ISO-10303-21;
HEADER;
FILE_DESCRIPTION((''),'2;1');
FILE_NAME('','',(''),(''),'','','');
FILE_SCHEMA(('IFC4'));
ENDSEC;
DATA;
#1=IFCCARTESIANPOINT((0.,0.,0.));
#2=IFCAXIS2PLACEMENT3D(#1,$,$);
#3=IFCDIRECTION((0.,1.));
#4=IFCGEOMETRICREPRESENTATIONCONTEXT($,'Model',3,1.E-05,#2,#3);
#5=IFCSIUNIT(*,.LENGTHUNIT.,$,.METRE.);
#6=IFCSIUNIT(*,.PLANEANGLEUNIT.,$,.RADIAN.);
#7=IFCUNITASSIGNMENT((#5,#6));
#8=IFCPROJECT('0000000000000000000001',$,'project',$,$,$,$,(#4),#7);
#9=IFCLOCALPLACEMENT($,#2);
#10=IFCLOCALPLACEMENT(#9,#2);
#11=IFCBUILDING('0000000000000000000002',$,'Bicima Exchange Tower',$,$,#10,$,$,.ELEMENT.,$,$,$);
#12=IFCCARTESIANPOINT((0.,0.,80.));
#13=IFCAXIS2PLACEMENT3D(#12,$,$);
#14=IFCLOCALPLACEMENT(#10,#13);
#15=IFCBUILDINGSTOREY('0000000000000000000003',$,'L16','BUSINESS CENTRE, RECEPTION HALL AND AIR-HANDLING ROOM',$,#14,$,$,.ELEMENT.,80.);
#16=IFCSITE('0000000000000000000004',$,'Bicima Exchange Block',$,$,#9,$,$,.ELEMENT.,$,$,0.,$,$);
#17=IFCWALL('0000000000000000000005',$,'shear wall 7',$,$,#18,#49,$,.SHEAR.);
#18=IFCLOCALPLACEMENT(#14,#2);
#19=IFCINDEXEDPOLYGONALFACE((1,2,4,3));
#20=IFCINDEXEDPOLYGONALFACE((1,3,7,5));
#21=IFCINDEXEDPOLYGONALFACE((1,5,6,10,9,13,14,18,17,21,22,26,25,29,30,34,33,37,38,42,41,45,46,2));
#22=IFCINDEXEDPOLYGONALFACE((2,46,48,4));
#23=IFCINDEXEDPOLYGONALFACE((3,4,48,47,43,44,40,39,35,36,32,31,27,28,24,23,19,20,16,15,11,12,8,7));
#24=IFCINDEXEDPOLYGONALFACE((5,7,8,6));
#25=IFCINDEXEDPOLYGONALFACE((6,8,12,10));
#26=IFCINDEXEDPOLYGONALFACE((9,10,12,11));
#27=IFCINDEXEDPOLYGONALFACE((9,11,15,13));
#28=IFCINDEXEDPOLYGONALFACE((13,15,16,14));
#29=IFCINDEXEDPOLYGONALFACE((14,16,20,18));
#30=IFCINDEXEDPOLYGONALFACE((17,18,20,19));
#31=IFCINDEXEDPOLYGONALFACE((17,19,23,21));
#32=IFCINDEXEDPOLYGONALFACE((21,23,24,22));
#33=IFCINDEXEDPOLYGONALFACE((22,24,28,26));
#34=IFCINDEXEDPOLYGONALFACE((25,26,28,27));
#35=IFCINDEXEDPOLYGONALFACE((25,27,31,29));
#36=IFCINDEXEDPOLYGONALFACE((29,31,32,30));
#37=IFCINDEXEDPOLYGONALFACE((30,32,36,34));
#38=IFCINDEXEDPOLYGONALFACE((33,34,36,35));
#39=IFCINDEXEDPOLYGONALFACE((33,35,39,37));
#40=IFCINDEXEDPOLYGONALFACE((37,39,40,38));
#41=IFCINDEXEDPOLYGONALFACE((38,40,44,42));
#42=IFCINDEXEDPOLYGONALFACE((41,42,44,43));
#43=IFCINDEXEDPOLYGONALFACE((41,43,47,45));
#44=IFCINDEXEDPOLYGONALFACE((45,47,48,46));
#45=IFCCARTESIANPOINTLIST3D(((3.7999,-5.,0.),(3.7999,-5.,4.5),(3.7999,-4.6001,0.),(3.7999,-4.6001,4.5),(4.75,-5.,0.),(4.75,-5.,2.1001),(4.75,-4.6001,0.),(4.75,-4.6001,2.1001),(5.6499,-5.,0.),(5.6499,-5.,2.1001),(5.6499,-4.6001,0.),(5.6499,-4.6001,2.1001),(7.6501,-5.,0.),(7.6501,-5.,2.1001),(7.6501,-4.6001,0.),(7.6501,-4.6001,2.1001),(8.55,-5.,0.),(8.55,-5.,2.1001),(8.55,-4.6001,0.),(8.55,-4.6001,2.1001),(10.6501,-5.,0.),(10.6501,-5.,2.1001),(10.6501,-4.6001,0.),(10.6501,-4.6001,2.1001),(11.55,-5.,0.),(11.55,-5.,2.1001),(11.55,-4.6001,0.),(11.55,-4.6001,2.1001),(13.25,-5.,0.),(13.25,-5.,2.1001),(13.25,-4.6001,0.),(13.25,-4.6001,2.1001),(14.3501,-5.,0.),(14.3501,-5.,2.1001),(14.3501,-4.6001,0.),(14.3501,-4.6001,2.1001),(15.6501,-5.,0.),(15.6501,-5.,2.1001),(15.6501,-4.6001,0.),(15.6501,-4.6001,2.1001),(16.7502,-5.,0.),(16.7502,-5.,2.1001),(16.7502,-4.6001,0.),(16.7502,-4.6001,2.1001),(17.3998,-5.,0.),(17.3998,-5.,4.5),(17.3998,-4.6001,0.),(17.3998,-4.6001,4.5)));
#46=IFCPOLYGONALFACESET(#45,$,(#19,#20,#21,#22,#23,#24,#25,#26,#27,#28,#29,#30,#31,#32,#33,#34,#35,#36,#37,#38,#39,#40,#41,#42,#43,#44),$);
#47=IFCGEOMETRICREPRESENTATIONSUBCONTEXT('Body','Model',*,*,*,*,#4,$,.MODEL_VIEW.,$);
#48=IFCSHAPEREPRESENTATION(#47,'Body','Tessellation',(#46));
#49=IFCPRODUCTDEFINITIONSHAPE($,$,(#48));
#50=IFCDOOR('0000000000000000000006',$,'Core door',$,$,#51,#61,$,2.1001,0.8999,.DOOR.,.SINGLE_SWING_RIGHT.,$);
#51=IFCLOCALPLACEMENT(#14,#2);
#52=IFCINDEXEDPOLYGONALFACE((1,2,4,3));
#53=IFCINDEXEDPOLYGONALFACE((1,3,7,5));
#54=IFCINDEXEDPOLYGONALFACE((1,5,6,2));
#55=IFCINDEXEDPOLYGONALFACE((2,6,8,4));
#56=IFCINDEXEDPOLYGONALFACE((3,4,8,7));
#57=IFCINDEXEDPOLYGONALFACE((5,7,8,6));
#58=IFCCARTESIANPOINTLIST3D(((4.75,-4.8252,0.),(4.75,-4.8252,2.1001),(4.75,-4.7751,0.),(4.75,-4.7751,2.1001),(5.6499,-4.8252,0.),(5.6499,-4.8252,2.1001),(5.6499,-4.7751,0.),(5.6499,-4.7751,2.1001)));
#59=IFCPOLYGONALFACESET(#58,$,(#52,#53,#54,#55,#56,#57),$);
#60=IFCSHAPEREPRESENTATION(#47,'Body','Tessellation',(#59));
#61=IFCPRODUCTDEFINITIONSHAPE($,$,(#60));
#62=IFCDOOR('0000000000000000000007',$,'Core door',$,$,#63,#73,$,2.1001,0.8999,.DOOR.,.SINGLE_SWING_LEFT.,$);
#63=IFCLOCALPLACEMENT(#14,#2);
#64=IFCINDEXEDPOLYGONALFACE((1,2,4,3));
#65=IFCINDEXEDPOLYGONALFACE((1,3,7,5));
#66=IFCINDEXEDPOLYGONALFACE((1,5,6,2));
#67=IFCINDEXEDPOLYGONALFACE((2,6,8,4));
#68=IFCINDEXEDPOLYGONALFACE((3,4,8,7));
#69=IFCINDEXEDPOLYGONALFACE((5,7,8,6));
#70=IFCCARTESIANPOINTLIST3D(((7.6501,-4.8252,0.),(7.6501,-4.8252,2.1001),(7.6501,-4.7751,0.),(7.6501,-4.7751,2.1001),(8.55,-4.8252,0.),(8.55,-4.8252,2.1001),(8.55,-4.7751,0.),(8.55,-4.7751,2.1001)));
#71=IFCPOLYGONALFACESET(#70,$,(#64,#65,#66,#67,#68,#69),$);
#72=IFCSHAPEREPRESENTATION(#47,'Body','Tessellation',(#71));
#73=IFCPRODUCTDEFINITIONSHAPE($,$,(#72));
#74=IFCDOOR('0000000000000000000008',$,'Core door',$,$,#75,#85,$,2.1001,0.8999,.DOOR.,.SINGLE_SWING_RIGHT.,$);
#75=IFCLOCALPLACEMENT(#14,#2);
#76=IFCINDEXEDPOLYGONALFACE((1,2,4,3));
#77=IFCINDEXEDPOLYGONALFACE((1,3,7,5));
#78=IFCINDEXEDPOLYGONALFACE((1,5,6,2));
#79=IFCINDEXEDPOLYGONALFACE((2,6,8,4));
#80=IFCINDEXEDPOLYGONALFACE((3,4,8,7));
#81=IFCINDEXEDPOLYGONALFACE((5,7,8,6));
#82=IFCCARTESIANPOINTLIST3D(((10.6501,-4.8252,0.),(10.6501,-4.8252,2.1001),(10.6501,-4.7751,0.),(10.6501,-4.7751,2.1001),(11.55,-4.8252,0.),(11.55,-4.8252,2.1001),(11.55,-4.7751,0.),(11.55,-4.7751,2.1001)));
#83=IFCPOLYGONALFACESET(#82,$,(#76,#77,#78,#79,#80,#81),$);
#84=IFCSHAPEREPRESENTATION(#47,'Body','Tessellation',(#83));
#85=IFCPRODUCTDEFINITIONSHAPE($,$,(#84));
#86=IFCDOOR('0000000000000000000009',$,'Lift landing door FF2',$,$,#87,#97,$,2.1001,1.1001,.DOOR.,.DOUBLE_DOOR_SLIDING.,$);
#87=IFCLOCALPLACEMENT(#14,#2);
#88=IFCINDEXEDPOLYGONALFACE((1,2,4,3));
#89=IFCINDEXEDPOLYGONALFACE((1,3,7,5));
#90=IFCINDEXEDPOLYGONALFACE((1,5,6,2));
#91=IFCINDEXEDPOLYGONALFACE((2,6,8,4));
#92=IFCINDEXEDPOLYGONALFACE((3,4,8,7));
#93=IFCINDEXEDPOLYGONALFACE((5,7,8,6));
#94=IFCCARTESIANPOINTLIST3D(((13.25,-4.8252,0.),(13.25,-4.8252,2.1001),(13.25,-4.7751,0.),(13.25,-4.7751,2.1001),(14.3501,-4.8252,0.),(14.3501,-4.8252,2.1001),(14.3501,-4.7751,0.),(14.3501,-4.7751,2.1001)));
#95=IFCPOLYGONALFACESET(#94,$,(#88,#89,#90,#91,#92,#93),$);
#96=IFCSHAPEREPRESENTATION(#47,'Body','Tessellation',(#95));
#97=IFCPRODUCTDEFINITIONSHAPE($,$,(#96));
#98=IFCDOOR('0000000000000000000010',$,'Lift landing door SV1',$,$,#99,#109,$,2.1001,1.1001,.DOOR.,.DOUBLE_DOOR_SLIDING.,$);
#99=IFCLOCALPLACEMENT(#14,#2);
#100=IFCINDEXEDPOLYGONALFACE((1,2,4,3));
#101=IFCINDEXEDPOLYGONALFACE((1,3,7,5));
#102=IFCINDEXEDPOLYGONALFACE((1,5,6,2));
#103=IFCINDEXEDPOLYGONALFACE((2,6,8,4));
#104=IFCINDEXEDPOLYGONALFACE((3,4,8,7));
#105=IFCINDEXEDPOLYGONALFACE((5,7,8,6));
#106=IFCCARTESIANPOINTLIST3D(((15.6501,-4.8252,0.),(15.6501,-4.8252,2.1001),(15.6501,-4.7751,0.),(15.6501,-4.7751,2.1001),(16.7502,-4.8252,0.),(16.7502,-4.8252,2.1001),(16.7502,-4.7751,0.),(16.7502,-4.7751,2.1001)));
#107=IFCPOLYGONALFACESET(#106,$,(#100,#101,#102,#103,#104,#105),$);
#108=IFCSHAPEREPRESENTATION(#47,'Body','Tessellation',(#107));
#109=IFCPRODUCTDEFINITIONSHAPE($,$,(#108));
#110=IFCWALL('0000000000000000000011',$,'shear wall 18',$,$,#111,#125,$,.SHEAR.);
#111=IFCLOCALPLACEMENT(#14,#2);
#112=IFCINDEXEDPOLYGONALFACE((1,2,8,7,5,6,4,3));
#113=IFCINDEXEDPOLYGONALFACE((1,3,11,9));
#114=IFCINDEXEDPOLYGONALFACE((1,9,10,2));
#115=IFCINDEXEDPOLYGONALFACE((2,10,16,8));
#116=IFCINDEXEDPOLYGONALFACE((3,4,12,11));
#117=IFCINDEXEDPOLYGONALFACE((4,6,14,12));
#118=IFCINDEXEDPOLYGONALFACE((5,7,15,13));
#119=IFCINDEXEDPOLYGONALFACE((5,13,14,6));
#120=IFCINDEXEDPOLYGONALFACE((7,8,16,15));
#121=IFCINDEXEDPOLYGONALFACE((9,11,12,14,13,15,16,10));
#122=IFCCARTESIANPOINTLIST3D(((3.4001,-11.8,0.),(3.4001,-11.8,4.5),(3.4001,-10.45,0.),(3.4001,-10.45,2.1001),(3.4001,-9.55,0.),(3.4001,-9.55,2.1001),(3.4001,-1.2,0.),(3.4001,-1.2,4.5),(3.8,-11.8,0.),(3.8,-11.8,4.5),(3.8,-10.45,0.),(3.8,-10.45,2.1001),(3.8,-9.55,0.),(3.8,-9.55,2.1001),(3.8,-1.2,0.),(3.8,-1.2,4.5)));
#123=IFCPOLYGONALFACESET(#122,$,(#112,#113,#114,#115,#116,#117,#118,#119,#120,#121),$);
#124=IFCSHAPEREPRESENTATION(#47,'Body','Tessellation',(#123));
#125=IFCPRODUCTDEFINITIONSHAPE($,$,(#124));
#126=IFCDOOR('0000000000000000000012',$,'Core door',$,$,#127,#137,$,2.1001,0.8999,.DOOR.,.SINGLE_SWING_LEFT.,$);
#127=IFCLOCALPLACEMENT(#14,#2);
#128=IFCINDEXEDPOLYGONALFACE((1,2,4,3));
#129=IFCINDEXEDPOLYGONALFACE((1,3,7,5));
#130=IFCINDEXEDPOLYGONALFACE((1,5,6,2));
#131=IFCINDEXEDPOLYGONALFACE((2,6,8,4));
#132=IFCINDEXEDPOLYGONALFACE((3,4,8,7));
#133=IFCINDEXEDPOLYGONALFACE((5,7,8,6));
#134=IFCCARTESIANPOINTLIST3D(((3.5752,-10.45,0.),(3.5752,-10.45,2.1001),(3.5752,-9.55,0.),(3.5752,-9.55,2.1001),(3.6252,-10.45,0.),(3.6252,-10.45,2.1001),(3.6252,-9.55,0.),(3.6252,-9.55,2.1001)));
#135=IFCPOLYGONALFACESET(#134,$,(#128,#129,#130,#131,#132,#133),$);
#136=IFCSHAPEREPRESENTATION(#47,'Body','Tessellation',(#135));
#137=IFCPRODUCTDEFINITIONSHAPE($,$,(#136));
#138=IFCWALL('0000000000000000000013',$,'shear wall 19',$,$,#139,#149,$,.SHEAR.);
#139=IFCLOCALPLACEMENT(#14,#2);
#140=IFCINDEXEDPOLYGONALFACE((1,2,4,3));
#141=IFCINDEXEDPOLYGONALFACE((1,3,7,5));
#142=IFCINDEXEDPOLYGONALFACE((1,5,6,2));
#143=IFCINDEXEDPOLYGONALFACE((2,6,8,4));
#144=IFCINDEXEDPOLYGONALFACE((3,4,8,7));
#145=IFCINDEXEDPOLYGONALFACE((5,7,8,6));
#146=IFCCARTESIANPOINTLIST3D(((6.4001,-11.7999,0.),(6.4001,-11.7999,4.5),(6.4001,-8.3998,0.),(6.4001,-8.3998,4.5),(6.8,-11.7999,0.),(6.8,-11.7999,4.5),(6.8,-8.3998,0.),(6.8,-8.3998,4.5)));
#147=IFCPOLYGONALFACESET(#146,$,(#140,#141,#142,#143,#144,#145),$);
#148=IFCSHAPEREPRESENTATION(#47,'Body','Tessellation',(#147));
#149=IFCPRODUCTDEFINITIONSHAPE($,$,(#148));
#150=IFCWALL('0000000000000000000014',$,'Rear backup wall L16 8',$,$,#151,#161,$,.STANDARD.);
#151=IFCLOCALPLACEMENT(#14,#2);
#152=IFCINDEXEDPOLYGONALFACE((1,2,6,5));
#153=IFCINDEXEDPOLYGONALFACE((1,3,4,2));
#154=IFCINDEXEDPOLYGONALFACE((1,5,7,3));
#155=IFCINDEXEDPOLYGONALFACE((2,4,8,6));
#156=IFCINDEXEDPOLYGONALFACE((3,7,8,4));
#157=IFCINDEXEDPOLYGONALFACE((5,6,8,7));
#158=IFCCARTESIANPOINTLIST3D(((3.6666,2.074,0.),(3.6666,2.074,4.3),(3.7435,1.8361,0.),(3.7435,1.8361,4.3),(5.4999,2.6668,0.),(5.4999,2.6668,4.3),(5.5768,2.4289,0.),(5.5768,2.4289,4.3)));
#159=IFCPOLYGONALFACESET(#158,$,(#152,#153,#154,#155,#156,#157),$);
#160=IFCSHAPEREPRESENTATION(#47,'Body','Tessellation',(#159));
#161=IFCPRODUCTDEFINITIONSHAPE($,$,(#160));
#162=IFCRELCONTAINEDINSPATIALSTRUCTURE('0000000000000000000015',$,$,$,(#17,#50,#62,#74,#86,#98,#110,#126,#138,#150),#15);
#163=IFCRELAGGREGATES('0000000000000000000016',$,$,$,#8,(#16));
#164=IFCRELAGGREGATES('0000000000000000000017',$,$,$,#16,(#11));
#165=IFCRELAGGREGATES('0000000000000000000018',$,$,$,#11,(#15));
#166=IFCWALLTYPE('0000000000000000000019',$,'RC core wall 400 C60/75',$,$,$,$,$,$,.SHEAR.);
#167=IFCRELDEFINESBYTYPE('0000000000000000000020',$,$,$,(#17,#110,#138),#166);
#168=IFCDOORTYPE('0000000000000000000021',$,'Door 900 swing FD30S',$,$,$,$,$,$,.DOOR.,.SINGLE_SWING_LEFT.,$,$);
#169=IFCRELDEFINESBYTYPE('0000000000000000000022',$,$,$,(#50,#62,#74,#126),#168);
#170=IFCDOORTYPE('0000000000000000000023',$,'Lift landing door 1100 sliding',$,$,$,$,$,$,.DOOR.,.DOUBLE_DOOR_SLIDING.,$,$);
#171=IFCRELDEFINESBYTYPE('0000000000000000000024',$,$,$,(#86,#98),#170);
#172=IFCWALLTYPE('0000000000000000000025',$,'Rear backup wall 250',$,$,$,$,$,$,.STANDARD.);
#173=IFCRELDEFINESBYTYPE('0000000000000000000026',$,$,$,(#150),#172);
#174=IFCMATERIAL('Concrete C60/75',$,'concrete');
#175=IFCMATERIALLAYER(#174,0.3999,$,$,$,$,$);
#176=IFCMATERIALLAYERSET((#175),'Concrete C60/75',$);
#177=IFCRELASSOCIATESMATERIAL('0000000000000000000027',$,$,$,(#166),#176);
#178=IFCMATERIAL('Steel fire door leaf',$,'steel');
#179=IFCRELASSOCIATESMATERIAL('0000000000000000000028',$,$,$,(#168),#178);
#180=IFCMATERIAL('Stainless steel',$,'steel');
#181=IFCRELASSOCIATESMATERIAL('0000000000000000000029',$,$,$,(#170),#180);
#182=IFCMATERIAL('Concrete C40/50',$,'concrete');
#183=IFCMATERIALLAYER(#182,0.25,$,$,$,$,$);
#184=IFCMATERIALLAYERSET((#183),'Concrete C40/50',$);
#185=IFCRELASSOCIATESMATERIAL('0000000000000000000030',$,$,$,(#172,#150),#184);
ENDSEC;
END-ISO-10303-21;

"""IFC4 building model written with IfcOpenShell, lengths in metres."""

from ifc_helpers import new_model, si_unit, direction, frame, frame_2d, origin, place, context, subcontext, project, spatial, rectangle, extrude, material, layer, layer_set, layer_usage, type_object, element, fill, save


model = new_model("IFC4")

# Units and contexts
model_context = context("Model", 3, precision=1e-05, world=origin(), true_north=direction((0.0, 1.0)))
body_context = subcontext(model_context, "Body", "Model", "MODEL_VIEW")
ifc_project = project(units=[si_unit("LENGTHUNIT", "METRE"), si_unit("PLANEANGLEUNIT", "RADIAN")], contexts=[model_context])

# Site, building, storey
site_placement = place(None, origin())
site = spatial("IfcSite", under=ifc_project, at=site_placement, Name="Bicima Exchange Block", CompositionType="ELEMENT", RefElevation=0.0)
building_placement = place(site_placement, origin())
building = spatial("IfcBuilding", under=site, at=building_placement, Name="Bicima Exchange Tower", CompositionType="ELEMENT")
storey_placement = place(building_placement, frame((0.0, 0.0, 80.0)))
storey = spatial("IfcBuildingStorey", under=building, at=storey_placement, Name="L16", Description="BUSINESS CENTRE, RECEPTION HALL AND AIR-HANDLING ROOM", CompositionType="ELEMENT", Elevation=80.0)

# Shared definitions
ifc_material_1 = material(Name="Concrete C40/50", Category="concrete")

# Shared definitions
ifc_material_2 = material(Name="Concrete C60/75", Category="concrete")
ifc_layer_1 = layer(ifc_material_2, 0.3999)
ifc_layer_set_1 = layer_set([ifc_layer_1], Name="Concrete C60/75")
wall_type_1 = type_object("IfcWallType", Name="RC core wall 400 C60/75", PredefinedType="SHEAR", material=ifc_layer_set_1)
ifc_material_3 = material(Name="Steel fire door leaf", Category="steel")
door_type_1 = type_object("IfcDoorType", Name="Door 900 swing FD30S", OperationType="SINGLE_SWING_LEFT", PredefinedType="DOOR", material=ifc_material_3)

# Wall, openings, doors
wall_1_placement = place(storey_placement, frame((3.8, -4.8, 0.0), z_axis=(0.0, 0.0, 1.0), x_axis=(1.0, 0.0, 0.0)))
wall_1 = element("IfcWall", 1, at=wall_1_placement, inside=storey, type_object=wall_type_1, Name="shear wall 7", PredefinedType="SHEAR", context=body_context, shape_type="SweptSolid", body=[
    extrude(rectangle(XDim=13.5999, YDim=0.3999, at=frame_2d((6.7998, 0.0))), origin(), (0.0, 0.0, 1.0), 4.5),
])
opening_1_placement = place(wall_1_placement, frame((9.45, 0.0, 0.0)))
opening_1 = element("IfcOpeningElement", 2, at=opening_1_placement, cuts=wall_1, PredefinedType="OPENING", context=body_context, shape_type="SweptSolid", body=[
    extrude(rectangle(XDim=1.1001, YDim=2.1001, at=frame_2d((0.55, 1.05))), frame((0.0, 0.2119, 0.0), z_axis=(0.0, -1.0, 0.0), x_axis=(1.0, 0.0, 0.0)), (0.0, 0.0, 1.0), 0.4238),
])
opening_2_placement = place(wall_1_placement, frame((11.8501, 0.0, 0.0)))
opening_2 = element("IfcOpeningElement", 3, at=opening_2_placement, cuts=wall_1, PredefinedType="OPENING", context=body_context, shape_type="SweptSolid", body=[
    extrude(rectangle(XDim=1.1001, YDim=2.1001, at=frame_2d((0.55, 1.05))), frame((0.0, 0.2119, 0.0), z_axis=(0.0, -1.0, 0.0), x_axis=(1.0, 0.0, 0.0)), (0.0, 0.0, 1.0), 0.4238),
])
opening_3_placement = place(wall_1_placement, frame((0.95, 0.0, 0.0)))
opening_3 = element("IfcOpeningElement", 4, at=opening_3_placement, cuts=wall_1, PredefinedType="OPENING", context=body_context, shape_type="SweptSolid", body=[
    extrude(rectangle(XDim=0.8999, YDim=2.1001, at=frame_2d((0.45, 1.05))), frame((0.0, 0.2119, 0.0), z_axis=(0.0, -1.0, 0.0), x_axis=(1.0, 0.0, 0.0)), (0.0, 0.0, 1.0), 0.4238),
])
opening_4_placement = place(wall_1_placement, frame((3.8501, 0.0, 0.0)))
opening_4 = element("IfcOpeningElement", 5, at=opening_4_placement, cuts=wall_1, PredefinedType="OPENING", context=body_context, shape_type="SweptSolid", body=[
    extrude(rectangle(XDim=0.8999, YDim=2.1001, at=frame_2d((0.45, 1.05))), frame((0.0, 0.2119, 0.0), z_axis=(0.0, -1.0, 0.0), x_axis=(1.0, 0.0, 0.0)), (0.0, 0.0, 1.0), 0.4238),
])
opening_5_placement = place(wall_1_placement, frame((6.8501, 0.0, 0.0)))
opening_5 = element("IfcOpeningElement", 6, at=opening_5_placement, cuts=wall_1, PredefinedType="OPENING", context=body_context, shape_type="SweptSolid", body=[
    extrude(rectangle(XDim=0.8999, YDim=2.1001, at=frame_2d((0.45, 1.05))), frame((0.0, 0.2119, 0.0), z_axis=(0.0, -1.0, 0.0), x_axis=(1.0, 0.0, 0.0)), (0.0, 0.0, 1.0), 0.4238),
])
door_1_placement = place(opening_3_placement, origin())
door_1 = element("IfcDoor", 7, at=door_1_placement, inside=storey, type_object=door_type_1, Name="Core door", OperationType="SINGLE_SWING_RIGHT", OverallHeight=2.1001, OverallWidth=0.8999, PredefinedType="DOOR", context=body_context, shape_type="SweptSolid", body=[
    extrude(rectangle(XDim=0.8999, YDim=2.1001, at=frame_2d((0.45, 1.05))), frame((0.0, 0.0249, 0.0), z_axis=(0.0, -1.0, 0.0), x_axis=(1.0, 0.0, 0.0)), (0.0, 0.0, 1.0), 0.05),
])
fill(opening_3, door_1)
door_2_placement = place(opening_4_placement, origin())
door_2 = element("IfcDoor", 8, at=door_2_placement, inside=storey, type_object=door_type_1, Name="Core door", OperationType="SINGLE_SWING_LEFT", OverallHeight=2.1001, OverallWidth=0.8999, PredefinedType="DOOR", context=body_context, shape_type="SweptSolid", body=[
    extrude(rectangle(XDim=0.8999, YDim=2.1001, at=frame_2d((0.45, 1.05))), frame((0.0, 0.0249, 0.0), z_axis=(0.0, -1.0, 0.0), x_axis=(1.0, 0.0, 0.0)), (0.0, 0.0, 1.0), 0.05),
])
fill(opening_4, door_2)
door_3_placement = place(opening_5_placement, origin())
door_3 = element("IfcDoor", 9, at=door_3_placement, inside=storey, type_object=door_type_1, Name="Core door", OperationType="SINGLE_SWING_RIGHT", OverallHeight=2.1001, OverallWidth=0.8999, PredefinedType="DOOR", context=body_context, shape_type="SweptSolid", body=[
    extrude(rectangle(XDim=0.8999, YDim=2.1001, at=frame_2d((0.45, 1.05))), frame((0.0, 0.0249, 0.0), z_axis=(0.0, -1.0, 0.0), x_axis=(1.0, 0.0, 0.0)), (0.0, 0.0, 1.0), 0.05),
])
fill(opening_5, door_3)
ifc_material_4 = material(Name="Stainless steel", Category="steel")
door_type_2 = type_object("IfcDoorType", Name="Lift landing door 1100 sliding", OperationType="DOUBLE_DOOR_SLIDING", PredefinedType="DOOR", material=ifc_material_4)
door_4_placement = place(opening_1_placement, origin())
door_4 = element("IfcDoor", 10, at=door_4_placement, inside=storey, type_object=door_type_2, Name="Lift landing door FF2", OperationType="DOUBLE_DOOR_SLIDING", OverallHeight=2.1001, OverallWidth=1.1001, PredefinedType="DOOR", context=body_context, shape_type="SweptSolid", body=[
    extrude(rectangle(XDim=1.1001, YDim=2.1001, at=frame_2d((0.55, 1.05))), frame((0.0, 0.0249, 0.0), z_axis=(0.0, -1.0, 0.0), x_axis=(1.0, 0.0, 0.0)), (0.0, 0.0, 1.0), 0.05),
])
fill(opening_1, door_4)
door_5_placement = place(opening_2_placement, origin())
door_5 = element("IfcDoor", 11, at=door_5_placement, inside=storey, type_object=door_type_2, Name="Lift landing door SV1", OperationType="DOUBLE_DOOR_SLIDING", OverallHeight=2.1001, OverallWidth=1.1001, PredefinedType="DOOR", context=body_context, shape_type="SweptSolid", body=[
    extrude(rectangle(XDim=1.1001, YDim=2.1001, at=frame_2d((0.55, 1.05))), frame((0.0, 0.0249, 0.0), z_axis=(0.0, -1.0, 0.0), x_axis=(1.0, 0.0, 0.0)), (0.0, 0.0, 1.0), 0.05),
])
fill(opening_2, door_5)

# Wall, opening, door
wall_2_placement = place(storey_placement, frame((3.6001, -11.8, 0.0), z_axis=(0.0, 0.0, 1.0), x_axis=(0.0, 1.0, 0.0)))
wall_2 = element("IfcWall", 12, at=wall_2_placement, inside=storey, type_object=wall_type_1, Name="shear wall 18", PredefinedType="SHEAR", context=body_context, shape_type="SweptSolid", body=[
    extrude(rectangle(XDim=10.6001, YDim=0.3999, at=frame_2d((5.3, 0.0))), origin(), (0.0, 0.0, 1.0), 4.5),
])
opening_6_placement = place(wall_2_placement, frame((1.3501, 0.0, 0.0)))
opening_6 = element("IfcOpeningElement", 13, at=opening_6_placement, cuts=wall_2, PredefinedType="OPENING", context=body_context, shape_type="SweptSolid", body=[
    extrude(rectangle(XDim=0.8999, YDim=2.1001, at=frame_2d((0.45, 1.05))), frame((0.0, 0.2119, 0.0), z_axis=(0.0, -1.0, 0.0), x_axis=(1.0, 0.0, 0.0)), (0.0, 0.0, 1.0), 0.4238),
])
door_6_placement = place(opening_6_placement, origin())
door_6 = element("IfcDoor", 14, at=door_6_placement, inside=storey, type_object=door_type_1, Name="Core door", OperationType="SINGLE_SWING_LEFT", OverallHeight=2.1001, OverallWidth=0.8999, PredefinedType="DOOR", context=body_context, shape_type="SweptSolid", body=[
    extrude(rectangle(XDim=0.8999, YDim=2.1001, at=frame_2d((0.45, 1.05))), frame((0.0, 0.0249, 0.0), z_axis=(0.0, -1.0, 0.0), x_axis=(1.0, 0.0, 0.0)), (0.0, 0.0, 1.0), 0.05),
])
fill(opening_6, door_6)

# Walls
wall_3_placement = place(storey_placement, frame((6.6001, -11.8, 0.0), z_axis=(0.0, 0.0, 1.0), x_axis=(0.0, 1.0, 0.0)))
element("IfcWall", 15, at=wall_3_placement, inside=storey, type_object=wall_type_1, Name="shear wall 19", PredefinedType="SHEAR", context=body_context, shape_type="SweptSolid", body=[
    extrude(rectangle(XDim=3.4001, YDim=0.3999, at=frame_2d((1.7002, 0.0))), origin(), (0.0, 0.0, 1.0), 4.5),
])
ifc_layer_2 = layer(ifc_material_1, 0.25)
ifc_layer_set_2 = layer_set([ifc_layer_2], Name="Concrete C40/50")
ifc_layer_usage = layer_usage(ifc_layer_set_2, "AXIS2", "POSITIVE", -0.125)
wall_type_2 = type_object("IfcWallType", Name="Rear backup wall 250", PredefinedType="STANDARD", material=ifc_layer_set_2)
wall_4_placement = place(storey_placement, frame((5.5383, 2.5479, 0.0), z_axis=(0.0, 0.0, 1.0), x_axis=(-0.951496, -0.307662, 0.0)))
element("IfcWall", 16, at=wall_4_placement, inside=storey, type_object=wall_type_2, material=ifc_layer_usage, Name="Rear backup wall L16 8", PredefinedType="STANDARD", context=body_context, shape_type="SweptSolid", body=[
    extrude(rectangle(XDim=1.9268, YDim=0.25, at=frame_2d((0.9634, 0.0))), origin(), (0.0, 0.0, 1.0), 4.3),
])

save(model, "model.ifc")
